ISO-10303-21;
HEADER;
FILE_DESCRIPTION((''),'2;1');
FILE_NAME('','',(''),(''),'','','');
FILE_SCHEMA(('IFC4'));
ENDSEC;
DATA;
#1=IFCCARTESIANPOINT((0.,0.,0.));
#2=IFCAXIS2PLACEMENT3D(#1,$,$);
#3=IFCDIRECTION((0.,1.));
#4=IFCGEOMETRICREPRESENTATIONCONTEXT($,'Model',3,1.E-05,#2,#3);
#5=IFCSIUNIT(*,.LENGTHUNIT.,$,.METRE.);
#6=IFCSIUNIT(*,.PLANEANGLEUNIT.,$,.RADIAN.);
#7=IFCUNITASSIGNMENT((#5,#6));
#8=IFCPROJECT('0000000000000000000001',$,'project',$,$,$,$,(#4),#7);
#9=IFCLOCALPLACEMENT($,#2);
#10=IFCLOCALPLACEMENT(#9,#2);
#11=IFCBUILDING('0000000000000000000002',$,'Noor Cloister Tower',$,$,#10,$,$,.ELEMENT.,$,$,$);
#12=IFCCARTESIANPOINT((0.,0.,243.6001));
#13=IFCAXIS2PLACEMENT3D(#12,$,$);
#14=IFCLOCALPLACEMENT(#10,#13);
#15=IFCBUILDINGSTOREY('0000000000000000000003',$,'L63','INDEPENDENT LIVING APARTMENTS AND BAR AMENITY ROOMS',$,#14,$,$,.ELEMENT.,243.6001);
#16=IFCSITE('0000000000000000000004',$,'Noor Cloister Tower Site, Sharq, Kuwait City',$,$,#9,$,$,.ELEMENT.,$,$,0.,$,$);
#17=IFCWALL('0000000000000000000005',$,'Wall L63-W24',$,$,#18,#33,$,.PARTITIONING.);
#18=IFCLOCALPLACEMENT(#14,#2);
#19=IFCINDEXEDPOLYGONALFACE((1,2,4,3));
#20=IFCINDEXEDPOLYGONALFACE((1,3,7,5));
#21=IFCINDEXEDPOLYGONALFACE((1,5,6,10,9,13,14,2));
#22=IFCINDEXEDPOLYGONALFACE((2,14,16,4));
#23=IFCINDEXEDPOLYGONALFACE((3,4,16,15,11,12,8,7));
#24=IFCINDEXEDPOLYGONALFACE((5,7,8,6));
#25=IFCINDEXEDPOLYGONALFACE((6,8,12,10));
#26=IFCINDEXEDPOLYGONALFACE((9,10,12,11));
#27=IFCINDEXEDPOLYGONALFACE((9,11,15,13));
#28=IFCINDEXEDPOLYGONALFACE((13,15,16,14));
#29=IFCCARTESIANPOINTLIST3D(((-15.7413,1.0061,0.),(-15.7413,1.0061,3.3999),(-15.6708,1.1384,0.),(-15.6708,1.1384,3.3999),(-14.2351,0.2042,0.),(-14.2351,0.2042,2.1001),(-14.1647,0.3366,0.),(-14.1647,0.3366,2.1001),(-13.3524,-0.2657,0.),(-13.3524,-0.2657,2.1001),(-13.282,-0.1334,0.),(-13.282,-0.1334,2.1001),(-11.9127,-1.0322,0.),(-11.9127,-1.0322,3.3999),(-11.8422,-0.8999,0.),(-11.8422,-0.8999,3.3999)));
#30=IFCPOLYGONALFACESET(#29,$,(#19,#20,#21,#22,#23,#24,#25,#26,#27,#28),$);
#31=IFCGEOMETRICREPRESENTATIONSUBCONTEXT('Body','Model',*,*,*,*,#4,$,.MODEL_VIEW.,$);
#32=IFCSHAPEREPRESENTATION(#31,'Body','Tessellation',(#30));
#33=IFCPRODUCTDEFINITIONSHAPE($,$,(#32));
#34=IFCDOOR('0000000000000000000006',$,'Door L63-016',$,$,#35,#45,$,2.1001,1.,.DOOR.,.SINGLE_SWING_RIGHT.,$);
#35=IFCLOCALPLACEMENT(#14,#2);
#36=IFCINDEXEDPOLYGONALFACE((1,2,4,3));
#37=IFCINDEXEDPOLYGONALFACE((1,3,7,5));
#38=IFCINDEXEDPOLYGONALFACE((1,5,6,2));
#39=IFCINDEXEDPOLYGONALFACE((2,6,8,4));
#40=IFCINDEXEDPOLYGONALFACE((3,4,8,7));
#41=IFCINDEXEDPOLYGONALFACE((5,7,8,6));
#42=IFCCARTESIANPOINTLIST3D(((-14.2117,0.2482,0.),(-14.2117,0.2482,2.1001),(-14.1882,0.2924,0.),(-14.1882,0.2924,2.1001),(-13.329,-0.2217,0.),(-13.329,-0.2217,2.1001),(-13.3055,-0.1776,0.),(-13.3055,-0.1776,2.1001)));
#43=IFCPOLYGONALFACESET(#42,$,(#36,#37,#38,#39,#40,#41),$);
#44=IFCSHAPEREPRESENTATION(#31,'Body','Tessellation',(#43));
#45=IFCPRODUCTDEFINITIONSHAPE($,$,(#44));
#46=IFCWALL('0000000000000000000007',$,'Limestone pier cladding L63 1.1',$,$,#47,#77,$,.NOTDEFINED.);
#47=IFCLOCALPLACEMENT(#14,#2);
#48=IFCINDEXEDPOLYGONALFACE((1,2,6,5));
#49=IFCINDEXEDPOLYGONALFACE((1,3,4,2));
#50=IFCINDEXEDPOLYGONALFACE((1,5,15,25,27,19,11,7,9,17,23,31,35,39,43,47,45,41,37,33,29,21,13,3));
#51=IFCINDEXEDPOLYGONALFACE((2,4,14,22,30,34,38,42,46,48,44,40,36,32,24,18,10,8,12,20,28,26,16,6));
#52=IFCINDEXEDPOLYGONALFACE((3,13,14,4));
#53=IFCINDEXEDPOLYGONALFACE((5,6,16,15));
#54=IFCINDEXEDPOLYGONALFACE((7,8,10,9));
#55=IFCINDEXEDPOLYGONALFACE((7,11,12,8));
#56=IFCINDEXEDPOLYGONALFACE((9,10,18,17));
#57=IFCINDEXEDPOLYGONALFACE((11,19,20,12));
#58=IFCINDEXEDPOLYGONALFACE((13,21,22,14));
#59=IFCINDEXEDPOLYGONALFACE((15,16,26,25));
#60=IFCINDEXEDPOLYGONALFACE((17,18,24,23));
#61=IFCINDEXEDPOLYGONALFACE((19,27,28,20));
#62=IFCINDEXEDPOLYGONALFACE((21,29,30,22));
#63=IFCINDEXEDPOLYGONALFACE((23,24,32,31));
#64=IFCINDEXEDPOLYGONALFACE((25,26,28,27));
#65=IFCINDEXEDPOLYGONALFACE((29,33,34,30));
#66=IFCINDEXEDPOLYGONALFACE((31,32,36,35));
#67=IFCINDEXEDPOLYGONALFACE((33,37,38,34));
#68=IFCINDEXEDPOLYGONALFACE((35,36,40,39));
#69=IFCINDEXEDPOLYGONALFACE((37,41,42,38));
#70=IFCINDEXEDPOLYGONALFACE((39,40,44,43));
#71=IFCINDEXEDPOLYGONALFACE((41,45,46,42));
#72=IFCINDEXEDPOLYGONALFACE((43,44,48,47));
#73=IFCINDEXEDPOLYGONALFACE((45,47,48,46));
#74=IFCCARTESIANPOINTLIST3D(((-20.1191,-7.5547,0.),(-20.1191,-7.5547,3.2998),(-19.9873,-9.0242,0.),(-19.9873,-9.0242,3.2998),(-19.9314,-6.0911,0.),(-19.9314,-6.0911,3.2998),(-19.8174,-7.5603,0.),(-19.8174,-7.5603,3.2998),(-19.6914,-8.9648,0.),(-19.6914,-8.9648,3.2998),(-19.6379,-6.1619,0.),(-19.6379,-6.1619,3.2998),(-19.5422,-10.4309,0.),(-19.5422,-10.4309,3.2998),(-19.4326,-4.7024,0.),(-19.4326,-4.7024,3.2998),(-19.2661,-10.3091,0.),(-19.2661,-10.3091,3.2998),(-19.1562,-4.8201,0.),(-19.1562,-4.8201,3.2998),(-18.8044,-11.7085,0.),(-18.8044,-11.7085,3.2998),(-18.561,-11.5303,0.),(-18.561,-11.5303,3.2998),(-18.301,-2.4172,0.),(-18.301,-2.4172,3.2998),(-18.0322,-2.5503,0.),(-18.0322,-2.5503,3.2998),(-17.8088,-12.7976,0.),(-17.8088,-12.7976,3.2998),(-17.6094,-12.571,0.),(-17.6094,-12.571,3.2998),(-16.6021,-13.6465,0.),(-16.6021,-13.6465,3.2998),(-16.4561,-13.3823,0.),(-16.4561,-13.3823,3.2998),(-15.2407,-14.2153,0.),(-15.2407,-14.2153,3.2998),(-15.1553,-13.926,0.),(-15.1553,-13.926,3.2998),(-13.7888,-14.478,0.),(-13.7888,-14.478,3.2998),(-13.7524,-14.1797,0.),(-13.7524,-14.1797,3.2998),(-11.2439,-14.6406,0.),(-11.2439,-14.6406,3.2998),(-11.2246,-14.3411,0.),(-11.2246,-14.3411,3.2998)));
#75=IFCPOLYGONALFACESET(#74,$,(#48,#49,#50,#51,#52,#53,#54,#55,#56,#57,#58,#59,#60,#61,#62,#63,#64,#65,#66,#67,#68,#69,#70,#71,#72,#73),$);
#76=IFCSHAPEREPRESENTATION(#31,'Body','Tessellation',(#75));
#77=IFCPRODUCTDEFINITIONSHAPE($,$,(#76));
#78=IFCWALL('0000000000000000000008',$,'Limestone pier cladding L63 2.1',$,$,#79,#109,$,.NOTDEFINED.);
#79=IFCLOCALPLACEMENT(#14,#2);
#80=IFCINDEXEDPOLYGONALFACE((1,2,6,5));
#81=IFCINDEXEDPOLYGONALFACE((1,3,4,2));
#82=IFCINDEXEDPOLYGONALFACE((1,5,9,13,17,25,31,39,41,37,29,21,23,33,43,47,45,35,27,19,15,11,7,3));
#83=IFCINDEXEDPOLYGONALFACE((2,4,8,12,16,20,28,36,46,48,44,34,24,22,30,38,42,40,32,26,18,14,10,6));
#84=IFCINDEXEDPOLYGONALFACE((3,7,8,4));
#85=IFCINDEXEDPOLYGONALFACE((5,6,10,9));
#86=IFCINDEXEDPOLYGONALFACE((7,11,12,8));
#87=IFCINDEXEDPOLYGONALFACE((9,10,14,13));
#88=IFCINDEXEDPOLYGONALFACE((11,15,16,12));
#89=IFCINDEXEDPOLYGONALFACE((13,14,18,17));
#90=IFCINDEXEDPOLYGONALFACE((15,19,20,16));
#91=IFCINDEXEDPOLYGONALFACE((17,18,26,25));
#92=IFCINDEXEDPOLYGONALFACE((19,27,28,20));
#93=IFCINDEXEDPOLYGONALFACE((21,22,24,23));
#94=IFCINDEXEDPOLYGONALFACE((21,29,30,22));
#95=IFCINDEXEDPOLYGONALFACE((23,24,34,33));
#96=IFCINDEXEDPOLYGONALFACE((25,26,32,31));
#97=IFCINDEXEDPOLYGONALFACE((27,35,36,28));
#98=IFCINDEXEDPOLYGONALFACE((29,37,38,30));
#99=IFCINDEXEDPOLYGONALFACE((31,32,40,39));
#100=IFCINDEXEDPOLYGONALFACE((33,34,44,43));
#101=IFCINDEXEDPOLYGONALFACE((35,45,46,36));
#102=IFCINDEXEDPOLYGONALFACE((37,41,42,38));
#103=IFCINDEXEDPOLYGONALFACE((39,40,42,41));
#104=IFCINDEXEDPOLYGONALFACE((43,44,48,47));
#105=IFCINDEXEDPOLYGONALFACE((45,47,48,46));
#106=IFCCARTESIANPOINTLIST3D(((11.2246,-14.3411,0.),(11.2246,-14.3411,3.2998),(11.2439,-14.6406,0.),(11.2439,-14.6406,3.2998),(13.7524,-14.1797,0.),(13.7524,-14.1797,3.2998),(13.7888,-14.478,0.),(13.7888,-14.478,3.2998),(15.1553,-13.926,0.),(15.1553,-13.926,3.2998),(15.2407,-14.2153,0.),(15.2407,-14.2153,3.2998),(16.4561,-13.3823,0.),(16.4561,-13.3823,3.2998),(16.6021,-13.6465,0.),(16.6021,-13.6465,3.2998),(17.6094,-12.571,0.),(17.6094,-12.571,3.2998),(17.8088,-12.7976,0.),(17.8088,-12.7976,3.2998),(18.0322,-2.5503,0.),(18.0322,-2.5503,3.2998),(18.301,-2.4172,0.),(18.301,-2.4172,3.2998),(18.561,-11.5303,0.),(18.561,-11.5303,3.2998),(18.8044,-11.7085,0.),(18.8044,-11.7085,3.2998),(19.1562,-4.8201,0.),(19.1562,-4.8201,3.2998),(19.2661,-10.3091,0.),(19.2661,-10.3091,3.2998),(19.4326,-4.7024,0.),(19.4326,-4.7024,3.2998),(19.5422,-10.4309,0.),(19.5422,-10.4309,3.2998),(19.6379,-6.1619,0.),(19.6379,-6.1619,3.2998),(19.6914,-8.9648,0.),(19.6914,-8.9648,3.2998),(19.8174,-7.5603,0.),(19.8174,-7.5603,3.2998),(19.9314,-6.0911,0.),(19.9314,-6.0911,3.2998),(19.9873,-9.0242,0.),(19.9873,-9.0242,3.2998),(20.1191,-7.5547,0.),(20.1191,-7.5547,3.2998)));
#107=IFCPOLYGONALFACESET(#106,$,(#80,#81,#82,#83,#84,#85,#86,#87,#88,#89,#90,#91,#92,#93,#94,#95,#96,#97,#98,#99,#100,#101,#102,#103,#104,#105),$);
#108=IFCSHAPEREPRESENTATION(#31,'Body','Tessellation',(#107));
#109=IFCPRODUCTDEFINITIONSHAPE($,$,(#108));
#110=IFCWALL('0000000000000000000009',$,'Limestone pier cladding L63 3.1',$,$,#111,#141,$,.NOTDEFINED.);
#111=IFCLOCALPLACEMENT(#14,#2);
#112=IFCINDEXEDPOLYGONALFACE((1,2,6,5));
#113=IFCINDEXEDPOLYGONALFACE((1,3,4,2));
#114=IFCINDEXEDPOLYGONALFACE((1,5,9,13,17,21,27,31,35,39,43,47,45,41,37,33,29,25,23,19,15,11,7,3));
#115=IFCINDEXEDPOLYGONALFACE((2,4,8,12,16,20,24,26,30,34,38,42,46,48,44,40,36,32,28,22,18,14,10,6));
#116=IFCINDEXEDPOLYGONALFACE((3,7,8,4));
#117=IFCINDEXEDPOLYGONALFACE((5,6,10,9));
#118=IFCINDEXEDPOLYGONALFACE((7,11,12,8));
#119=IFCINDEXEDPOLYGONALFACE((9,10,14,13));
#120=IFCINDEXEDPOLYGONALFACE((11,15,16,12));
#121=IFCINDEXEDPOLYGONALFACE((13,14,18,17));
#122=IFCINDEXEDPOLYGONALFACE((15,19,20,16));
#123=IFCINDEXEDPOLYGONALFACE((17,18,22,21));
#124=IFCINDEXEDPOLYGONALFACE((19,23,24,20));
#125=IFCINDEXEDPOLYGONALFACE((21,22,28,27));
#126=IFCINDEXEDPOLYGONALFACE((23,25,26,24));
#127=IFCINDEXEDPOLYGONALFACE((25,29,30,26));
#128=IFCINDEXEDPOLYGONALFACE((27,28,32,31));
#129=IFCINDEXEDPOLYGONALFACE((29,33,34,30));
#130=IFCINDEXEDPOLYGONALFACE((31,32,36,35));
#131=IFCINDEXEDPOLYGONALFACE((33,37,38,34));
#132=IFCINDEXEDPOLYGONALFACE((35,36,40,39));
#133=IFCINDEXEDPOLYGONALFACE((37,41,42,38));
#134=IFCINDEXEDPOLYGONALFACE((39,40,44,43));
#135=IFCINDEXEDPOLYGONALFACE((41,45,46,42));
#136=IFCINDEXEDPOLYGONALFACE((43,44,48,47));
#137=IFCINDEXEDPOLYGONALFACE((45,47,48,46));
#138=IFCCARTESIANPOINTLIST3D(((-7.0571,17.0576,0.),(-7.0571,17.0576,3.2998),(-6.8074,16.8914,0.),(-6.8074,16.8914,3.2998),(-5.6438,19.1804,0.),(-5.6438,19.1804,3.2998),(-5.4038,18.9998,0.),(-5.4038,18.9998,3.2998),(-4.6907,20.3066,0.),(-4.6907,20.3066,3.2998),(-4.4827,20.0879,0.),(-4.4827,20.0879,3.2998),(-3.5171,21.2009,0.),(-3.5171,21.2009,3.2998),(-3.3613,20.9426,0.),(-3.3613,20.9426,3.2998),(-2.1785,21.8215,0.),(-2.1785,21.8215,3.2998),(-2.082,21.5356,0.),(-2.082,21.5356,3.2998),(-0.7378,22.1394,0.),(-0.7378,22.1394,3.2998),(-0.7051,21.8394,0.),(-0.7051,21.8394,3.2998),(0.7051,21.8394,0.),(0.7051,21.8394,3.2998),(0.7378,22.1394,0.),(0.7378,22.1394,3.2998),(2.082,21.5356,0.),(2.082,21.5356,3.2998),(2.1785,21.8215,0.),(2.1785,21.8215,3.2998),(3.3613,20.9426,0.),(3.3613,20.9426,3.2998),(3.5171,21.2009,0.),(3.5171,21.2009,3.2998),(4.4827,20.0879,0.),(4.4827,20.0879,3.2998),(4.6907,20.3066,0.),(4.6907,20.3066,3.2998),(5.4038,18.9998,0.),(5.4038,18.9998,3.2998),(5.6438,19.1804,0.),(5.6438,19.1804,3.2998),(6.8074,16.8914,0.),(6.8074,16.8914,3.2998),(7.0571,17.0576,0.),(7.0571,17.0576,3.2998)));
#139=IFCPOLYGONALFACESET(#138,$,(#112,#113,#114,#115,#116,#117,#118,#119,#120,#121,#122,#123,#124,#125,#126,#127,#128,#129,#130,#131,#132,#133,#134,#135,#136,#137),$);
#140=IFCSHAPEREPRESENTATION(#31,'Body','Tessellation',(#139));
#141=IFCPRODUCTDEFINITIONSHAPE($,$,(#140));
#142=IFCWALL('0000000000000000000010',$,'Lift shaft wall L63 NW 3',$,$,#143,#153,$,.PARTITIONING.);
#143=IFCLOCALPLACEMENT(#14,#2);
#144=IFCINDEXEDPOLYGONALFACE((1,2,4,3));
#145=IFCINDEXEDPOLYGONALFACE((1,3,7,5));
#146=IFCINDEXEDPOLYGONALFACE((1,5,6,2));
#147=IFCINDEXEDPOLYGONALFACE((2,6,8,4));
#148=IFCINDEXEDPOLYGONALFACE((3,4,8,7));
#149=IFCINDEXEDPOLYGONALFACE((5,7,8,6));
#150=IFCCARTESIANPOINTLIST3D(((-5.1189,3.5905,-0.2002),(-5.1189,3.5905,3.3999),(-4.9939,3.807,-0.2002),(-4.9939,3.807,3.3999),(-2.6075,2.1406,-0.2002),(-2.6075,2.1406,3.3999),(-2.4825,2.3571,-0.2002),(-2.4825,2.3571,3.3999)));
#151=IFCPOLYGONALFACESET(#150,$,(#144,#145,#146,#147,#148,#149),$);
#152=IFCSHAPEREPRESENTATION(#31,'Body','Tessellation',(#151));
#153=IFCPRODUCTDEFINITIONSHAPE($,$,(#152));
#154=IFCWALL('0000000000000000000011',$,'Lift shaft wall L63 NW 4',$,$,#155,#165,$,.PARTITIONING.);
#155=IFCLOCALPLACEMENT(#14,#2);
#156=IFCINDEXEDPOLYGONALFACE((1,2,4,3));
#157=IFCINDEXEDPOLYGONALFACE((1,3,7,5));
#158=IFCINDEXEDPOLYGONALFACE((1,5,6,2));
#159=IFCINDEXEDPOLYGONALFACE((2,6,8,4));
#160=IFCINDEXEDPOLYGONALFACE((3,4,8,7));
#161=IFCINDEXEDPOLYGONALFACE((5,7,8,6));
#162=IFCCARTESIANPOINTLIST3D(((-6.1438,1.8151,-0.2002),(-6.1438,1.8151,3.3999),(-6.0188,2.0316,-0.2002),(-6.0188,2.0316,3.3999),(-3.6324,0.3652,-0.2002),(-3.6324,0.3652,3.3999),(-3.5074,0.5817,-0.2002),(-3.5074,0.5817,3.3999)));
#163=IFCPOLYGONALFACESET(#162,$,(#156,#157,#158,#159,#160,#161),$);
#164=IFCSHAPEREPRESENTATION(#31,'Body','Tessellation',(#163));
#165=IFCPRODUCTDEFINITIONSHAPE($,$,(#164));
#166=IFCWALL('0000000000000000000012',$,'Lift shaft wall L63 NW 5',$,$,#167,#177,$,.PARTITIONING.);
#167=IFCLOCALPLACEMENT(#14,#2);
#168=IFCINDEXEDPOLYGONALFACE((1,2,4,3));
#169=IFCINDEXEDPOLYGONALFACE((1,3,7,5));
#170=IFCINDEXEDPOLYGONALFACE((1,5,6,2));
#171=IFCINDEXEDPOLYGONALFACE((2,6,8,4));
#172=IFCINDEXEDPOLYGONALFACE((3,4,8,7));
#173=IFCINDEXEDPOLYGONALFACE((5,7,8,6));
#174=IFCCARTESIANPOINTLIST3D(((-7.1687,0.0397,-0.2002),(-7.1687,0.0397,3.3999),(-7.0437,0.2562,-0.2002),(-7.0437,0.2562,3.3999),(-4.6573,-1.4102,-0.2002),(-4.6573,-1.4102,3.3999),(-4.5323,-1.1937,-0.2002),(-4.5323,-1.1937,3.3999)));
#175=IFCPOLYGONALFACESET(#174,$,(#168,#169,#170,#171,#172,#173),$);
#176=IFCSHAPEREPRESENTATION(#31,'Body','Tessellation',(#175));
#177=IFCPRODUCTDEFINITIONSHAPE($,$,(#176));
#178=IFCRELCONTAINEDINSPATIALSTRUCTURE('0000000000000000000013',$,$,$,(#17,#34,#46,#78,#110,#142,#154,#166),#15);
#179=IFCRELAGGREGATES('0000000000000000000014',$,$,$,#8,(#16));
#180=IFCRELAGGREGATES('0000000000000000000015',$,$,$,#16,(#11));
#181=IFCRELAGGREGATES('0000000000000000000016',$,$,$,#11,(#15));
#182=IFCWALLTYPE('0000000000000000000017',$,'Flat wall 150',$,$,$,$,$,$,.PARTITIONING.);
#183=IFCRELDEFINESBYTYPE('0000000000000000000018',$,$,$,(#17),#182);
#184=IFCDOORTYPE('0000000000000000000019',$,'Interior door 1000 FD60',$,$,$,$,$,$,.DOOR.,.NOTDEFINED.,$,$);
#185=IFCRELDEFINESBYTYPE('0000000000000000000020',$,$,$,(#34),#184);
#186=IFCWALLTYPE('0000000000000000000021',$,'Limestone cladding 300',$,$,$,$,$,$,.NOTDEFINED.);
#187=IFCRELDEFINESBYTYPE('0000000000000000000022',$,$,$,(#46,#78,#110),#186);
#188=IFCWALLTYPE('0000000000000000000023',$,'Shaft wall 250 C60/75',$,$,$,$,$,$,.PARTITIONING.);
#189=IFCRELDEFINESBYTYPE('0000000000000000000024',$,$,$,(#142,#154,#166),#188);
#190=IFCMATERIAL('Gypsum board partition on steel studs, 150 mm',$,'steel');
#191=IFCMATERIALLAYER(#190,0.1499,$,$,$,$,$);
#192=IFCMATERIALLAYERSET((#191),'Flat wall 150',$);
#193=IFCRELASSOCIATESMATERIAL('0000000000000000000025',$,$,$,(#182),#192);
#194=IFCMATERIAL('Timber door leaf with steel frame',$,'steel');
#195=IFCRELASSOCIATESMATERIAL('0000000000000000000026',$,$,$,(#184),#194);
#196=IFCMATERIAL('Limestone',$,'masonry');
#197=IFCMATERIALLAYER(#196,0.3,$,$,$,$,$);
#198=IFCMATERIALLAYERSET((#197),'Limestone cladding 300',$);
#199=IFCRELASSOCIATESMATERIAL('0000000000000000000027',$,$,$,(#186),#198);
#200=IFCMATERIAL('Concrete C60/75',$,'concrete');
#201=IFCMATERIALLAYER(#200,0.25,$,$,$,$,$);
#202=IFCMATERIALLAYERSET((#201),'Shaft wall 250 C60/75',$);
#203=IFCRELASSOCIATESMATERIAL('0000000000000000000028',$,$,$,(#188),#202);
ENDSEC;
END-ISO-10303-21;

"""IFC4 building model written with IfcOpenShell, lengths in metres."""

from ifc_helpers import new_model, si_unit, direction, frame, frame_2d, origin, place, context, subcontext, project, spatial, polyline, rectangle, outline, extrude, material, layer, layer_set, type_object, element, fill, save


model = new_model("IFC4")

# Units and contexts
model_context = context("Model", 3, precision=1e-05, world=origin(), true_north=direction((0.0, 1.0)))
body_context = subcontext(model_context, "Body", "Model", "MODEL_VIEW")
ifc_project = project(units=[si_unit("LENGTHUNIT", "METRE"), si_unit("PLANEANGLEUNIT", "RADIAN")], contexts=[model_context])

# Site, building, storey
site_placement = place(None, origin())
site = spatial("IfcSite", under=ifc_project, at=site_placement, Name="Noor Cloister Tower Site, Sharq, Kuwait City", CompositionType="ELEMENT", RefElevation=0.0)
building_placement = place(site_placement, origin())
building = spatial("IfcBuilding", under=site, at=building_placement, Name="Noor Cloister Tower", CompositionType="ELEMENT")
storey_placement = place(building_placement, frame((0.0, 0.0, 243.6001)))
storey = spatial("IfcBuildingStorey", under=building, at=storey_placement, Name="L63", Description="INDEPENDENT LIVING APARTMENTS AND BAR AMENITY ROOMS", CompositionType="ELEMENT", Elevation=243.6001)

# Wall, opening, door
ifc_material_1 = material(Name="Gypsum board partition on steel studs, 150 mm", Category="steel")
ifc_layer_1 = layer(ifc_material_1, 0.1499)
ifc_layer_set_1 = layer_set([ifc_layer_1], Name="Flat wall 150")
wall_type_1 = type_object("IfcWallType", Name="Flat wall 150", PredefinedType="PARTITIONING", material=ifc_layer_set_1)
ifc_material_2 = material(Name="Timber door leaf with steel frame", Category="steel")
door_type_1 = type_object("IfcDoorType", Name="Interior door 1000 FD60", OperationType="NOTDEFINED", PredefinedType="DOOR", material=ifc_material_2)
wall_1_placement = place(storey_placement, frame((-15.7061, 1.0723, 0.0), z_axis=(0.0, 0.0, 1.0), x_axis=(0.882697, -0.469942, 0.0)))
wall_1 = element("IfcWall", 1, at=wall_1_placement, inside=storey, type_object=wall_type_1, Name="Wall L63-W24", PredefinedType="PARTITIONING", context=body_context, shape_type="SweptSolid", body=[
    extrude(rectangle(XDim=4.3374, YDim=0.1499, at=frame_2d((2.1687, 0.0))), origin(), (0.0, 0.0, 1.0), 3.3999),
])
opening_1_placement = place(wall_1_placement, frame((1.7063, 0.0, 0.0)))
opening_1 = element("IfcOpeningElement", 2, at=opening_1_placement, cuts=wall_1, PredefinedType="OPENING", context=body_context, shape_type="SweptSolid", body=[
    extrude(rectangle(XDim=1.0, YDim=2.1001, at=frame_2d((0.5, 1.05))), frame((0.0, 0.085, 0.0), z_axis=(0.0, -1.0, 0.0), x_axis=(1.0, 0.0, 0.0)), (0.0, 0.0, 1.0), 0.1699),
])
door_1_placement = place(opening_1_placement, origin())
door_1 = element("IfcDoor", 3, at=door_1_placement, inside=storey, type_object=door_type_1, Name="Door L63-016", OperationType="SINGLE_SWING_RIGHT", OverallHeight=2.1001, OverallWidth=1.0, PredefinedType="DOOR", context=body_context, shape_type="SweptSolid", body=[
    extrude(rectangle(XDim=1.0, YDim=2.1001, at=frame_2d((0.5, 1.05))), frame((0.0, 0.0249, 0.0), z_axis=(0.0, -1.0, 0.0), x_axis=(1.0, 0.0, 0.0)), (0.0, 0.0, 1.0), 0.05),
])
fill(opening_1, door_1)

# Walls
ifc_material_3 = material(Name="Limestone", Category="masonry")
ifc_layer_2 = layer(ifc_material_3, 0.3)
ifc_layer_set_2 = layer_set([ifc_layer_2], Name="Limestone cladding 300")
wall_type_2 = type_object("IfcWallType", Name="Limestone cladding 300", PredefinedType="NOTDEFINED", material=ifc_layer_set_2)
wall_2_placement = place(storey_placement, origin())
element("IfcWall", 4, at=wall_2_placement, inside=storey, type_object=wall_type_2, Name="Limestone pier cladding L63 1.1", PredefinedType="NOTDEFINED", context=body_context, shape_type="SweptSolid", body=[
    extrude(outline(polyline([(-18.301, -2.4172), (-19.4326, -4.7024), (-19.9314, -6.0911), (-20.1191, -7.5547), (-19.9873, -9.0242), (-19.5422, -10.4309), (-18.8044, -11.7085), (-17.8088, -12.7976), (-16.6021, -13.6465), (-15.2407, -14.2153), (-13.7888, -14.478), (-11.2439, -14.6406), (-11.2246, -14.3411), (-13.7524, -14.1797), (-15.1553, -13.926), (-16.4561, -13.3823), (-17.6094, -12.571), (-18.561, -11.5303), (-19.2661, -10.3091), (-19.6914, -8.9648), (-19.8174, -7.5603), (-19.6379, -6.1619), (-19.1562, -4.8201), (-18.0322, -2.5503), (-18.301, -2.4172)])), origin(), (0.0, 0.0, 1.0), 3.2998),
])
wall_3_placement = place(storey_placement, origin())
element("IfcWall", 5, at=wall_3_placement, inside=storey, type_object=wall_type_2, Name="Limestone pier cladding L63 2.1", PredefinedType="NOTDEFINED", context=body_context, shape_type="SweptSolid", body=[
    extrude(outline(polyline([(11.2439, -14.6406), (13.7888, -14.478), (15.2407, -14.2153), (16.6021, -13.6465), (17.8088, -12.7976), (18.8044, -11.7085), (19.5422, -10.4309), (19.9873, -9.0242), (20.1191, -7.5547), (19.9314, -6.0911), (19.4326, -4.7024), (18.301, -2.4172), (18.0322, -2.5503), (19.1562, -4.8201), (19.6379, -6.1619), (19.8174, -7.5603), (19.6914, -8.9648), (19.2661, -10.3091), (18.561, -11.5303), (17.6094, -12.571), (16.4561, -13.3823), (15.1553, -13.926), (13.7524, -14.1797), (11.2246, -14.3411), (11.2439, -14.6406)])), origin(), (0.0, 0.0, 1.0), 3.2998),
])
wall_4_placement = place(storey_placement, origin())
element("IfcWall", 6, at=wall_4_placement, inside=storey, type_object=wall_type_2, Name="Limestone pier cladding L63 3.1", PredefinedType="NOTDEFINED", context=body_context, shape_type="SweptSolid", body=[
    extrude(outline(polyline([(7.0571, 17.0576), (5.6438, 19.1804), (4.6907, 20.3066), (3.5171, 21.2009), (2.1785, 21.8215), (0.7378, 22.1394), (-0.7378, 22.1394), (-2.1785, 21.8215), (-3.5171, 21.2009), (-4.6907, 20.3066), (-5.6438, 19.1804), (-7.0571, 17.0576), (-6.8074, 16.8914), (-5.4038, 18.9998), (-4.4827, 20.0879), (-3.3613, 20.9426), (-2.082, 21.5356), (-0.7051, 21.8394), (0.7051, 21.8394), (2.082, 21.5356), (3.3613, 20.9426), (4.4827, 20.0879), (5.4038, 18.9998), (6.8074, 16.8914), (7.0571, 17.0576)])), origin(), (0.0, 0.0, 1.0), 3.2998),
])
ifc_material_4 = material(Name="Concrete C60/75", Category="concrete")
ifc_layer_3 = layer(ifc_material_4, 0.25)
ifc_layer_set_3 = layer_set([ifc_layer_3], Name="Shaft wall 250 C60/75")
wall_type_3 = type_object("IfcWallType", Name="Shaft wall 250 C60/75", PredefinedType="PARTITIONING", material=ifc_layer_set_3)
for number, where, z_axis, x_axis, name in (
    (7, (-5.0564, 3.6987, -0.2002), (0.0, 0.0, 1.0), (0.866033, -0.499987, 0.0), "Lift shaft wall L63 NW 3"),
    (8, (-6.0813, 1.9233, -0.2002), (0.0, 0.0, 1.0), (0.866033, -0.499987, 0.0), "Lift shaft wall L63 NW 4"),
    (9, (-7.1062, 0.1479, -0.2002), (0.0, 0.0, 1.0), (0.866033, -0.499987, 0.0), "Lift shaft wall L63 NW 5"),
):
    element("IfcWall", number, at=place(storey_placement, frame(where, z_axis=z_axis, x_axis=x_axis)), inside=storey, type_object=wall_type_3, Name=name, PredefinedType="PARTITIONING", context=body_context, shape_type="SweptSolid", body=[
        extrude(rectangle(XDim=2.8999, YDim=0.25, at=frame_2d((1.45, 0.0))), origin(), (0.0, 0.0, 1.0), 3.6001),
    ])

save(model, "model.ifc")
